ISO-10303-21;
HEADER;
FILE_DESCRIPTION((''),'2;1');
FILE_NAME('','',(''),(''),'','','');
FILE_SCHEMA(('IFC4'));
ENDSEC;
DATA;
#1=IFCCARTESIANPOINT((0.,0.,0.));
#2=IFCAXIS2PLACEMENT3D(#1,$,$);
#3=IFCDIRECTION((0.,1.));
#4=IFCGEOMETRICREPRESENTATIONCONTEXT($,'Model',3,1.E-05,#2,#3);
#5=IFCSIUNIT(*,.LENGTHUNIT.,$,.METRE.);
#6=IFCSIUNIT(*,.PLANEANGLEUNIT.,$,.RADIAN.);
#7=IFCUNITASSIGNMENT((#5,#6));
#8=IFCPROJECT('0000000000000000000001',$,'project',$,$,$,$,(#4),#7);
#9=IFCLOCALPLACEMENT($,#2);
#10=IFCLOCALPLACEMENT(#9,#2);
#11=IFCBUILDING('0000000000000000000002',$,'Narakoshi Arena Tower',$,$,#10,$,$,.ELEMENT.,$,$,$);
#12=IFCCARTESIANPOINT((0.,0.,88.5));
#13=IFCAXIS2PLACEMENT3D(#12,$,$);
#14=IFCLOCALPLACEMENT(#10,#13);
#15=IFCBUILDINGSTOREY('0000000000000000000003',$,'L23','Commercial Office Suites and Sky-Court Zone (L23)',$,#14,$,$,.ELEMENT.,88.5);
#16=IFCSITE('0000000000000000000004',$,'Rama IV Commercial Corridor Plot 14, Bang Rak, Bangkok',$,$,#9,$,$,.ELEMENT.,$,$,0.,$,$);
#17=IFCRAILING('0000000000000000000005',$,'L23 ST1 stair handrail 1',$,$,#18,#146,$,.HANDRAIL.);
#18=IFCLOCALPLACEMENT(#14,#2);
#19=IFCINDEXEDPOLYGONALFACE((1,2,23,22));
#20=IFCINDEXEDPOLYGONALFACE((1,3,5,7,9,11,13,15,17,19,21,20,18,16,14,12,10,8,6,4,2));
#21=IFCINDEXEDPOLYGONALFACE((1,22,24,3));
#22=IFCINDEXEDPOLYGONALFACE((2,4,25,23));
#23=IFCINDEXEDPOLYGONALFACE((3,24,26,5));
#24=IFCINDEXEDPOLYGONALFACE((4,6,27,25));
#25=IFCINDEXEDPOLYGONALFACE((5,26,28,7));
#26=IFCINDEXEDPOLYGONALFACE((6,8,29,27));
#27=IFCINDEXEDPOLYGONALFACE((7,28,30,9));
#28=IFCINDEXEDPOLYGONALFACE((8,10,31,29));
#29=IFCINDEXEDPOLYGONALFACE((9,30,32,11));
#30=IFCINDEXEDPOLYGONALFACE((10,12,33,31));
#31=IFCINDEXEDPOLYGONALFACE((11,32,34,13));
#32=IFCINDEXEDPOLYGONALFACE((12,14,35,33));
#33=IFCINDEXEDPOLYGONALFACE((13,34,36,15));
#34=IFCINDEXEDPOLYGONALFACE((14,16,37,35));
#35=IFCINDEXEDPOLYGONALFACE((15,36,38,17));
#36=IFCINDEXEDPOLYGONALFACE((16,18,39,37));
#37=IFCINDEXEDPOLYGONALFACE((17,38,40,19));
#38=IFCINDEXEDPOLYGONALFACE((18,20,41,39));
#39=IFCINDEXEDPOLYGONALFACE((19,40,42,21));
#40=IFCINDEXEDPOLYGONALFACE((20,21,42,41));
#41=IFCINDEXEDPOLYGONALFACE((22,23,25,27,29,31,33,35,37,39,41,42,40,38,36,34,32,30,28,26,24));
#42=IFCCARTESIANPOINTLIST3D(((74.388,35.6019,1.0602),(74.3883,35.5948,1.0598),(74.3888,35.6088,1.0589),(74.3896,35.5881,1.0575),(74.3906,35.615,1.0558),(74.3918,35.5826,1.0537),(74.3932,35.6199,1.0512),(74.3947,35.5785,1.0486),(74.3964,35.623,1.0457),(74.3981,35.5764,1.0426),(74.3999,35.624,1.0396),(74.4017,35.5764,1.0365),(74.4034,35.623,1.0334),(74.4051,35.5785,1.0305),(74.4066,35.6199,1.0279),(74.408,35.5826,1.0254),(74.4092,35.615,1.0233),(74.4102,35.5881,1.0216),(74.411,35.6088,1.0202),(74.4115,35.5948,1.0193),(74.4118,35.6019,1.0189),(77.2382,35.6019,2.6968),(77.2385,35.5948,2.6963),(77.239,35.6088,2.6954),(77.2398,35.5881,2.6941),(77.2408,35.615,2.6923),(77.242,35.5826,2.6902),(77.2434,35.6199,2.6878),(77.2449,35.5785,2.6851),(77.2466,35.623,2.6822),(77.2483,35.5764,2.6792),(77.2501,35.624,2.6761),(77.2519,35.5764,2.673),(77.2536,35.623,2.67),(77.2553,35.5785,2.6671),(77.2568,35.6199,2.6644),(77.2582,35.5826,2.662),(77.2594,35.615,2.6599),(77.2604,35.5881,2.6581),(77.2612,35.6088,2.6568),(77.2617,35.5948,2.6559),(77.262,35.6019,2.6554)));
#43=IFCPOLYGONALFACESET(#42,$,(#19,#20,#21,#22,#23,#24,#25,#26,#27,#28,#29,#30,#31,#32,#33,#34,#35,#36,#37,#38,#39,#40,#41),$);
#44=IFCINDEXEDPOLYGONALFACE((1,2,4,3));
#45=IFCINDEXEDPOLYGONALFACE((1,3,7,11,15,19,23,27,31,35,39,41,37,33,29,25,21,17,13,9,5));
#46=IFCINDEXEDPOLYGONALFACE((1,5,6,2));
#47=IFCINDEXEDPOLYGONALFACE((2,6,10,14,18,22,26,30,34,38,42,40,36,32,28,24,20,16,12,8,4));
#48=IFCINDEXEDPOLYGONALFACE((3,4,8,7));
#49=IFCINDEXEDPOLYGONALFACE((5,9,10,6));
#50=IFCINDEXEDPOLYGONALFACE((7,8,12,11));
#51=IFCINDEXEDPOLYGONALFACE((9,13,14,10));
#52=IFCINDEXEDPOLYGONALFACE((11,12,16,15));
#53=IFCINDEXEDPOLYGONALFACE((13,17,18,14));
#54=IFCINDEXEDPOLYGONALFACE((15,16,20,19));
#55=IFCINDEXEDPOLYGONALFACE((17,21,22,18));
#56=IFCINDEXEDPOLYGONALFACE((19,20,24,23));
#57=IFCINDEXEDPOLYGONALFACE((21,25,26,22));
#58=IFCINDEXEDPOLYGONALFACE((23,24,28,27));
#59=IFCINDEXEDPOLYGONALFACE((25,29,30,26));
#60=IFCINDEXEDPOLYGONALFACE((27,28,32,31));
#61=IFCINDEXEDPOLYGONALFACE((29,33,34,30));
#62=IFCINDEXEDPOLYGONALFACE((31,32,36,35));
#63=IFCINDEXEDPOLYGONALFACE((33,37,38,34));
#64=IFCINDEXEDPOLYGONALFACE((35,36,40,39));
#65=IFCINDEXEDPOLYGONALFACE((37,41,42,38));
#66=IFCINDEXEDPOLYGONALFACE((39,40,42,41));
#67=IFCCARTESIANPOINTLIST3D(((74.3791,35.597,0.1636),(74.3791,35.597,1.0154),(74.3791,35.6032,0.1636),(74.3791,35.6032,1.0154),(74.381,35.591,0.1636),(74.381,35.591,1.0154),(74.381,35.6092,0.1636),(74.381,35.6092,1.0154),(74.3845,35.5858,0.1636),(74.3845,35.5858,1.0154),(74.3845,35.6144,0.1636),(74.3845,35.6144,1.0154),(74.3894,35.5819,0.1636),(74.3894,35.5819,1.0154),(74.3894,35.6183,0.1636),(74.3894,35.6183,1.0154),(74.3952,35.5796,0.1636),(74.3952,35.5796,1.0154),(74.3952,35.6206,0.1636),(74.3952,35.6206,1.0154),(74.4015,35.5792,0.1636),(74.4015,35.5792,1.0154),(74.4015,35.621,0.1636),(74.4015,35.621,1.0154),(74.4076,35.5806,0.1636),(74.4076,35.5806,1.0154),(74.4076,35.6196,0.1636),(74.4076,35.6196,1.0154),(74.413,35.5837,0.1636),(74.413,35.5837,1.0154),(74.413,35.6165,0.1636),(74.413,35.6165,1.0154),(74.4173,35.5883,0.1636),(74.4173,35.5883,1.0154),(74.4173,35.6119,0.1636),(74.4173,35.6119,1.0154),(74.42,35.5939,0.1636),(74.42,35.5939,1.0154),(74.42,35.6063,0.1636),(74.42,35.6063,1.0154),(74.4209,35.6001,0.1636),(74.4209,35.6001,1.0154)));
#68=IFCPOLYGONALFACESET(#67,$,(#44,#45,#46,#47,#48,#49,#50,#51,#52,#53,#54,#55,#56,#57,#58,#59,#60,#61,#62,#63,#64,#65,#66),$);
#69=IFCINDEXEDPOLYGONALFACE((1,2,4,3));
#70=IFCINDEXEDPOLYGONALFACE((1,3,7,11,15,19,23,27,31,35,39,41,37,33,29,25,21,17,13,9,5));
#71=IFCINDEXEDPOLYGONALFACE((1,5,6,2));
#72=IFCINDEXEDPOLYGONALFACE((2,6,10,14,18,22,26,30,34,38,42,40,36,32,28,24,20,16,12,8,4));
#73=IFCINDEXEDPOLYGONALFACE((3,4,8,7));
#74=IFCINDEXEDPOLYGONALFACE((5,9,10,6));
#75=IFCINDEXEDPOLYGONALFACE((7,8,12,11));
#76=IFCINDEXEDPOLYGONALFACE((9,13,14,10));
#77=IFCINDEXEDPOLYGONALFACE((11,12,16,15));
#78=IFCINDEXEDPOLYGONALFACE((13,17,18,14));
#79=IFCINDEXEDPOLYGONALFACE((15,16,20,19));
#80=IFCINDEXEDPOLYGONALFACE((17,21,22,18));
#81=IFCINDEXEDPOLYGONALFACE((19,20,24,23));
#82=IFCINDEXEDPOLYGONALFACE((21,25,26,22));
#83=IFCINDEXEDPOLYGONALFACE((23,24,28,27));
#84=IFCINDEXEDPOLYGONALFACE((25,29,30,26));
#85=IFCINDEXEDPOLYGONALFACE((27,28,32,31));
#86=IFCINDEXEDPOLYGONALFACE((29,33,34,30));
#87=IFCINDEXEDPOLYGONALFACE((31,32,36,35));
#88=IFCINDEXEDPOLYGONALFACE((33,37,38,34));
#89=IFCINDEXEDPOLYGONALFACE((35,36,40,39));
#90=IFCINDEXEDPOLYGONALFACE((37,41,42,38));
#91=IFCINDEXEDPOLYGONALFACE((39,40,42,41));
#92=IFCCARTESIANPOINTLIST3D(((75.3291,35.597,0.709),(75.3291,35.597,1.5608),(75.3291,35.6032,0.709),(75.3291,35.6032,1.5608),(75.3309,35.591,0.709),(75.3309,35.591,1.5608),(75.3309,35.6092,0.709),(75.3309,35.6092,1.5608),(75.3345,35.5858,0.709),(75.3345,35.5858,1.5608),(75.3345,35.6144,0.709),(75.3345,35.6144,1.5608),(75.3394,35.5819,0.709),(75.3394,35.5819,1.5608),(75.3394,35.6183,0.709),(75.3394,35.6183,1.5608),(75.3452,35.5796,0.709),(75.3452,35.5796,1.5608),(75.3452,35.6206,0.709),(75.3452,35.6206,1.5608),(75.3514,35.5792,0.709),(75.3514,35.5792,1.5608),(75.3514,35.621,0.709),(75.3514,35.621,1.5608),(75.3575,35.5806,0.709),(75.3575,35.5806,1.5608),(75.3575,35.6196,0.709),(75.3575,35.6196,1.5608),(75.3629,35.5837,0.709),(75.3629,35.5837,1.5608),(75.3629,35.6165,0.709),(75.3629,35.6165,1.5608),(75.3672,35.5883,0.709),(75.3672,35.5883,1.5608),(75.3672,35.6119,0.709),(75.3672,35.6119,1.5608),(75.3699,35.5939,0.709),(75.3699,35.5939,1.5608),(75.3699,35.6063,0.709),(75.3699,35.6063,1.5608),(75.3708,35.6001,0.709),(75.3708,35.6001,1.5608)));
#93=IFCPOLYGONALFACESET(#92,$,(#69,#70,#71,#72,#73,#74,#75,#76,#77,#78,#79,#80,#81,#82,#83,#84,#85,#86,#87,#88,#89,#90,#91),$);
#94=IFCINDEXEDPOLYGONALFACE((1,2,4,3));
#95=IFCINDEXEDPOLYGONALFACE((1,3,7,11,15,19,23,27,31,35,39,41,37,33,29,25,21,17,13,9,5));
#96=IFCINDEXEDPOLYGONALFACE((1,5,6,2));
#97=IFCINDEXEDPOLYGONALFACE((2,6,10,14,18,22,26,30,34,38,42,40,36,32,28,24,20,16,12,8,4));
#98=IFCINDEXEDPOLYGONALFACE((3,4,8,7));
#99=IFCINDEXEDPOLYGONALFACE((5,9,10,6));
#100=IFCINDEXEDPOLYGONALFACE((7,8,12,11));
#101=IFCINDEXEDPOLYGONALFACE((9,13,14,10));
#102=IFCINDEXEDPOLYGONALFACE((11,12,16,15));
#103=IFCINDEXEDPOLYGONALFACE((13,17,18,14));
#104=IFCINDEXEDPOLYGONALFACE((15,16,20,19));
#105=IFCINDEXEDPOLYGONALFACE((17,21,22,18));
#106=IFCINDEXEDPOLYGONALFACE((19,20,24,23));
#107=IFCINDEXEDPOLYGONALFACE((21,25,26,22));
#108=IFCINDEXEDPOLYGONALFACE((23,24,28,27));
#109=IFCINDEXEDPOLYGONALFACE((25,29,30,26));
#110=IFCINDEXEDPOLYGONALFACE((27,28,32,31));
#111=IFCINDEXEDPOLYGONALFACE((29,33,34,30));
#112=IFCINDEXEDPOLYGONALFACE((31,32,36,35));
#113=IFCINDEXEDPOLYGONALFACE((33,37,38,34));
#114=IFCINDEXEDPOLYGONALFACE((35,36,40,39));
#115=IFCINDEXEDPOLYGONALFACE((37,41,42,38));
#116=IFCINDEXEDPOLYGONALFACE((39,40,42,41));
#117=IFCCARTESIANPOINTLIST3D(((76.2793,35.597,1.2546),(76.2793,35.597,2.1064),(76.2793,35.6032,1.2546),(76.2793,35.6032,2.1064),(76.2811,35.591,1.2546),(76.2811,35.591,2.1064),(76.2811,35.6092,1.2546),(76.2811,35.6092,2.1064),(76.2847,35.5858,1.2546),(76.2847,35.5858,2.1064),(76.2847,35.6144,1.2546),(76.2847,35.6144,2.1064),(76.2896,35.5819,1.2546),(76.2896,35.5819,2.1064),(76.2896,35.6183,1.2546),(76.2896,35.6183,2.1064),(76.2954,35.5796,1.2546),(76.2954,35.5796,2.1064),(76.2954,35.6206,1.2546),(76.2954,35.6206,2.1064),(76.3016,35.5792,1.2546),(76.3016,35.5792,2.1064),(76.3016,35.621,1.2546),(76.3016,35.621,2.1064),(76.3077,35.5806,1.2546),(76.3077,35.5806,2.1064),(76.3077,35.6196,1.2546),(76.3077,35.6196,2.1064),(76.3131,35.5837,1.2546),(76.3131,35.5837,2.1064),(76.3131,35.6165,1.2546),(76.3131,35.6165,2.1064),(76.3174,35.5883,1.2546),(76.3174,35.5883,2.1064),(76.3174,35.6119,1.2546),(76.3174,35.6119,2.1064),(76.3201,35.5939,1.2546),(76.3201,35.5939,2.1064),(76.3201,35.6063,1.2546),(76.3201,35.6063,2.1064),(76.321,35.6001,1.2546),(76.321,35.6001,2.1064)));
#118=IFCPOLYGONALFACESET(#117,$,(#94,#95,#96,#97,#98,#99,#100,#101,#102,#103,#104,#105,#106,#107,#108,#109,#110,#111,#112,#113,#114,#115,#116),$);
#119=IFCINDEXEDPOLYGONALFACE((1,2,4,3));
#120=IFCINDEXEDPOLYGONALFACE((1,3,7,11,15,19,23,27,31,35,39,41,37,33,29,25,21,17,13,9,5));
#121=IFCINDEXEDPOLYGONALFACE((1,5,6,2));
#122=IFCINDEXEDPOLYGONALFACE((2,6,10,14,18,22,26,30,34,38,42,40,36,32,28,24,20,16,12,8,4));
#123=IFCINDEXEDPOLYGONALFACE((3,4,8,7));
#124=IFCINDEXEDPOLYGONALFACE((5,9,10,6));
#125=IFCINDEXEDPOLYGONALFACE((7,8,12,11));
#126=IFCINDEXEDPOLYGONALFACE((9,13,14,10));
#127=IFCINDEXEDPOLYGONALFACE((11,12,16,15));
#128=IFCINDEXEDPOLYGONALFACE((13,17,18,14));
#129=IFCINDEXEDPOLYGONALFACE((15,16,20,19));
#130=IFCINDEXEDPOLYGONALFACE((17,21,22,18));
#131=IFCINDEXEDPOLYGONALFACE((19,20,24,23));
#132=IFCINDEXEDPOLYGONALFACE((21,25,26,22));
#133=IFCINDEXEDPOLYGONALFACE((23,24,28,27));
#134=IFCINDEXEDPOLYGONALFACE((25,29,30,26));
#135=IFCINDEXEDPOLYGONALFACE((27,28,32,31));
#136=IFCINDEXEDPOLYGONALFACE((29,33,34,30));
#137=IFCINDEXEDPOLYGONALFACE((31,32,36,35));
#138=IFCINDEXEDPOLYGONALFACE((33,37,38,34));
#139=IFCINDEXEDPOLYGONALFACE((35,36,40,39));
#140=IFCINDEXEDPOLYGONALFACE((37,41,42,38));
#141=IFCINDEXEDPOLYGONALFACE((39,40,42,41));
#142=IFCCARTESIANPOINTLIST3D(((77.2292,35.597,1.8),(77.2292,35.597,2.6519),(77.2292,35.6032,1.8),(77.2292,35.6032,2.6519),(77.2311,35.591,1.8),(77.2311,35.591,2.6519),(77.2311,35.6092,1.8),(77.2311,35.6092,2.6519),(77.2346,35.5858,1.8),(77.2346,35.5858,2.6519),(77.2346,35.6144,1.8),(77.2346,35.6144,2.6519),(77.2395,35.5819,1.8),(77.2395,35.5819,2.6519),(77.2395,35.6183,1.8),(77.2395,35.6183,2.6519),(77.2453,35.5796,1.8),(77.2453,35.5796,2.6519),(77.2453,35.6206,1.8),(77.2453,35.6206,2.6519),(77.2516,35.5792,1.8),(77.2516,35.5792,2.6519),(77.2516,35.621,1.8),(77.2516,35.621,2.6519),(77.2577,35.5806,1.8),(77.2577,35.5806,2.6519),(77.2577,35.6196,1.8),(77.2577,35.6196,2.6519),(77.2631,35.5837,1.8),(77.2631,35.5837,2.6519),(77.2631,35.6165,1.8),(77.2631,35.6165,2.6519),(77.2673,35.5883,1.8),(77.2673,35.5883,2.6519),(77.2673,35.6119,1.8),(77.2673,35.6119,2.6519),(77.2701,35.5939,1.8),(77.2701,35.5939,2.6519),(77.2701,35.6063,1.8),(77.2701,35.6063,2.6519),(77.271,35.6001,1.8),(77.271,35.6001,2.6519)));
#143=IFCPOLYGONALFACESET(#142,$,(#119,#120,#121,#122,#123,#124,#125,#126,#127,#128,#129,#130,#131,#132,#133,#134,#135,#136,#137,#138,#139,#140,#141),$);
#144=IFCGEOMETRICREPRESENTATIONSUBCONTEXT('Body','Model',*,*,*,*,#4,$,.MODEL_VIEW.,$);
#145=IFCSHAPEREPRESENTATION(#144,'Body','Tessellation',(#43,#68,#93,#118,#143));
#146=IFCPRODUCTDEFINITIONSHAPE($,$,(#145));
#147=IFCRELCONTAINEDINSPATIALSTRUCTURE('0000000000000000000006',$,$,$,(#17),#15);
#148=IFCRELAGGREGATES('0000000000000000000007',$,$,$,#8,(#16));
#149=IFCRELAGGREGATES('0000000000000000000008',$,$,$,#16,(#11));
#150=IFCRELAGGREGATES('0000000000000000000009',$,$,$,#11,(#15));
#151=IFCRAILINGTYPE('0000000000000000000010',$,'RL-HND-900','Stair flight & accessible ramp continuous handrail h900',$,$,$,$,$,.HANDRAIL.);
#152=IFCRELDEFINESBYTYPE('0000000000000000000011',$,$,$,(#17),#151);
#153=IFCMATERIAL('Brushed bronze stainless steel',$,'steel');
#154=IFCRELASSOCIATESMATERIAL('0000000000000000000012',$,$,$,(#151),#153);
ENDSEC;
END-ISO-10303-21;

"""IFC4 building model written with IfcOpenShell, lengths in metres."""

from ifc_helpers import new_model, si_unit, direction, frame, origin, origin_2d, place, context, subcontext, project, spatial, circle, extrude, material, type_object, element, save


model = new_model("IFC4")

# Units and contexts
model_context = context("Model", 3, precision=1e-05, world=origin(), true_north=direction((0.0, 1.0)))
body_context = subcontext(model_context, "Body", "Model", "MODEL_VIEW")
ifc_project = project(units=[si_unit("LENGTHUNIT", "METRE"), si_unit("PLANEANGLEUNIT", "RADIAN")], contexts=[model_context])

# Site, building, storey
site_placement = place(None, origin())
site = spatial("IfcSite", under=ifc_project, at=site_placement, Name="Rama IV Commercial Corridor Plot 14, Bang Rak, Bangkok", CompositionType="ELEMENT", RefElevation=0.0)
building_placement = place(site_placement, origin())
building = spatial("IfcBuilding", under=site, at=building_placement, Name="Narakoshi Arena Tower", CompositionType="ELEMENT")
storey_placement = place(building_placement, frame((0.0, 0.0, 88.5)))
storey = spatial("IfcBuildingStorey", under=building, at=storey_placement, Name="L23", Description="Commercial Office Suites and Sky-Court Zone (L23)", CompositionType="ELEMENT", Elevation=88.5)

# Railing
ifc_material_1 = material(Name="Brushed bronze stainless steel", Category="steel")
railing_type_1 = type_object("IfcRailingType", Name="RL-HND-900", Description="Stair flight & accessible ramp continuous handrail h900", PredefinedType="HANDRAIL", material=ifc_material_1)
railing_1_placement = place(storey_placement, frame((74.3999, 35.6001, 0.1636)))
element("IfcRailing", 1, at=railing_1_placement, inside=storey, type_object=railing_type_1, Name="L23 ST1 stair handrail 1", PredefinedType="HANDRAIL", context=body_context, shape_type="SweptSolid", body=[
    extrude(circle(Radius=0.0239, at=origin_2d()), frame((0.0, 0.0, 0.876), z_axis=(0.867213, 0.0, 0.497938), x_axis=(0.0, 1.0, 0.0)), (0.0, 0.0, 1.0), 3.2866),
    extrude(circle(Radius=0.021, at=origin_2d()), origin(), (0.0, 0.0, 1.0), 0.8518),
    extrude(circle(Radius=0.021, at=origin_2d()), frame((0.95, 0.0, 0.5454)), (0.0, 0.0, 1.0), 0.8518),
    extrude(circle(Radius=0.021, at=origin_2d()), frame((1.9001, 0.0, 1.0911)), (0.0, 0.0, 1.0), 0.8518),
    extrude(circle(Radius=0.021, at=origin_2d()), frame((2.8501, 0.0, 1.6365)), (0.0, 0.0, 1.0), 0.8518),
])

save(model, "model.ifc")
